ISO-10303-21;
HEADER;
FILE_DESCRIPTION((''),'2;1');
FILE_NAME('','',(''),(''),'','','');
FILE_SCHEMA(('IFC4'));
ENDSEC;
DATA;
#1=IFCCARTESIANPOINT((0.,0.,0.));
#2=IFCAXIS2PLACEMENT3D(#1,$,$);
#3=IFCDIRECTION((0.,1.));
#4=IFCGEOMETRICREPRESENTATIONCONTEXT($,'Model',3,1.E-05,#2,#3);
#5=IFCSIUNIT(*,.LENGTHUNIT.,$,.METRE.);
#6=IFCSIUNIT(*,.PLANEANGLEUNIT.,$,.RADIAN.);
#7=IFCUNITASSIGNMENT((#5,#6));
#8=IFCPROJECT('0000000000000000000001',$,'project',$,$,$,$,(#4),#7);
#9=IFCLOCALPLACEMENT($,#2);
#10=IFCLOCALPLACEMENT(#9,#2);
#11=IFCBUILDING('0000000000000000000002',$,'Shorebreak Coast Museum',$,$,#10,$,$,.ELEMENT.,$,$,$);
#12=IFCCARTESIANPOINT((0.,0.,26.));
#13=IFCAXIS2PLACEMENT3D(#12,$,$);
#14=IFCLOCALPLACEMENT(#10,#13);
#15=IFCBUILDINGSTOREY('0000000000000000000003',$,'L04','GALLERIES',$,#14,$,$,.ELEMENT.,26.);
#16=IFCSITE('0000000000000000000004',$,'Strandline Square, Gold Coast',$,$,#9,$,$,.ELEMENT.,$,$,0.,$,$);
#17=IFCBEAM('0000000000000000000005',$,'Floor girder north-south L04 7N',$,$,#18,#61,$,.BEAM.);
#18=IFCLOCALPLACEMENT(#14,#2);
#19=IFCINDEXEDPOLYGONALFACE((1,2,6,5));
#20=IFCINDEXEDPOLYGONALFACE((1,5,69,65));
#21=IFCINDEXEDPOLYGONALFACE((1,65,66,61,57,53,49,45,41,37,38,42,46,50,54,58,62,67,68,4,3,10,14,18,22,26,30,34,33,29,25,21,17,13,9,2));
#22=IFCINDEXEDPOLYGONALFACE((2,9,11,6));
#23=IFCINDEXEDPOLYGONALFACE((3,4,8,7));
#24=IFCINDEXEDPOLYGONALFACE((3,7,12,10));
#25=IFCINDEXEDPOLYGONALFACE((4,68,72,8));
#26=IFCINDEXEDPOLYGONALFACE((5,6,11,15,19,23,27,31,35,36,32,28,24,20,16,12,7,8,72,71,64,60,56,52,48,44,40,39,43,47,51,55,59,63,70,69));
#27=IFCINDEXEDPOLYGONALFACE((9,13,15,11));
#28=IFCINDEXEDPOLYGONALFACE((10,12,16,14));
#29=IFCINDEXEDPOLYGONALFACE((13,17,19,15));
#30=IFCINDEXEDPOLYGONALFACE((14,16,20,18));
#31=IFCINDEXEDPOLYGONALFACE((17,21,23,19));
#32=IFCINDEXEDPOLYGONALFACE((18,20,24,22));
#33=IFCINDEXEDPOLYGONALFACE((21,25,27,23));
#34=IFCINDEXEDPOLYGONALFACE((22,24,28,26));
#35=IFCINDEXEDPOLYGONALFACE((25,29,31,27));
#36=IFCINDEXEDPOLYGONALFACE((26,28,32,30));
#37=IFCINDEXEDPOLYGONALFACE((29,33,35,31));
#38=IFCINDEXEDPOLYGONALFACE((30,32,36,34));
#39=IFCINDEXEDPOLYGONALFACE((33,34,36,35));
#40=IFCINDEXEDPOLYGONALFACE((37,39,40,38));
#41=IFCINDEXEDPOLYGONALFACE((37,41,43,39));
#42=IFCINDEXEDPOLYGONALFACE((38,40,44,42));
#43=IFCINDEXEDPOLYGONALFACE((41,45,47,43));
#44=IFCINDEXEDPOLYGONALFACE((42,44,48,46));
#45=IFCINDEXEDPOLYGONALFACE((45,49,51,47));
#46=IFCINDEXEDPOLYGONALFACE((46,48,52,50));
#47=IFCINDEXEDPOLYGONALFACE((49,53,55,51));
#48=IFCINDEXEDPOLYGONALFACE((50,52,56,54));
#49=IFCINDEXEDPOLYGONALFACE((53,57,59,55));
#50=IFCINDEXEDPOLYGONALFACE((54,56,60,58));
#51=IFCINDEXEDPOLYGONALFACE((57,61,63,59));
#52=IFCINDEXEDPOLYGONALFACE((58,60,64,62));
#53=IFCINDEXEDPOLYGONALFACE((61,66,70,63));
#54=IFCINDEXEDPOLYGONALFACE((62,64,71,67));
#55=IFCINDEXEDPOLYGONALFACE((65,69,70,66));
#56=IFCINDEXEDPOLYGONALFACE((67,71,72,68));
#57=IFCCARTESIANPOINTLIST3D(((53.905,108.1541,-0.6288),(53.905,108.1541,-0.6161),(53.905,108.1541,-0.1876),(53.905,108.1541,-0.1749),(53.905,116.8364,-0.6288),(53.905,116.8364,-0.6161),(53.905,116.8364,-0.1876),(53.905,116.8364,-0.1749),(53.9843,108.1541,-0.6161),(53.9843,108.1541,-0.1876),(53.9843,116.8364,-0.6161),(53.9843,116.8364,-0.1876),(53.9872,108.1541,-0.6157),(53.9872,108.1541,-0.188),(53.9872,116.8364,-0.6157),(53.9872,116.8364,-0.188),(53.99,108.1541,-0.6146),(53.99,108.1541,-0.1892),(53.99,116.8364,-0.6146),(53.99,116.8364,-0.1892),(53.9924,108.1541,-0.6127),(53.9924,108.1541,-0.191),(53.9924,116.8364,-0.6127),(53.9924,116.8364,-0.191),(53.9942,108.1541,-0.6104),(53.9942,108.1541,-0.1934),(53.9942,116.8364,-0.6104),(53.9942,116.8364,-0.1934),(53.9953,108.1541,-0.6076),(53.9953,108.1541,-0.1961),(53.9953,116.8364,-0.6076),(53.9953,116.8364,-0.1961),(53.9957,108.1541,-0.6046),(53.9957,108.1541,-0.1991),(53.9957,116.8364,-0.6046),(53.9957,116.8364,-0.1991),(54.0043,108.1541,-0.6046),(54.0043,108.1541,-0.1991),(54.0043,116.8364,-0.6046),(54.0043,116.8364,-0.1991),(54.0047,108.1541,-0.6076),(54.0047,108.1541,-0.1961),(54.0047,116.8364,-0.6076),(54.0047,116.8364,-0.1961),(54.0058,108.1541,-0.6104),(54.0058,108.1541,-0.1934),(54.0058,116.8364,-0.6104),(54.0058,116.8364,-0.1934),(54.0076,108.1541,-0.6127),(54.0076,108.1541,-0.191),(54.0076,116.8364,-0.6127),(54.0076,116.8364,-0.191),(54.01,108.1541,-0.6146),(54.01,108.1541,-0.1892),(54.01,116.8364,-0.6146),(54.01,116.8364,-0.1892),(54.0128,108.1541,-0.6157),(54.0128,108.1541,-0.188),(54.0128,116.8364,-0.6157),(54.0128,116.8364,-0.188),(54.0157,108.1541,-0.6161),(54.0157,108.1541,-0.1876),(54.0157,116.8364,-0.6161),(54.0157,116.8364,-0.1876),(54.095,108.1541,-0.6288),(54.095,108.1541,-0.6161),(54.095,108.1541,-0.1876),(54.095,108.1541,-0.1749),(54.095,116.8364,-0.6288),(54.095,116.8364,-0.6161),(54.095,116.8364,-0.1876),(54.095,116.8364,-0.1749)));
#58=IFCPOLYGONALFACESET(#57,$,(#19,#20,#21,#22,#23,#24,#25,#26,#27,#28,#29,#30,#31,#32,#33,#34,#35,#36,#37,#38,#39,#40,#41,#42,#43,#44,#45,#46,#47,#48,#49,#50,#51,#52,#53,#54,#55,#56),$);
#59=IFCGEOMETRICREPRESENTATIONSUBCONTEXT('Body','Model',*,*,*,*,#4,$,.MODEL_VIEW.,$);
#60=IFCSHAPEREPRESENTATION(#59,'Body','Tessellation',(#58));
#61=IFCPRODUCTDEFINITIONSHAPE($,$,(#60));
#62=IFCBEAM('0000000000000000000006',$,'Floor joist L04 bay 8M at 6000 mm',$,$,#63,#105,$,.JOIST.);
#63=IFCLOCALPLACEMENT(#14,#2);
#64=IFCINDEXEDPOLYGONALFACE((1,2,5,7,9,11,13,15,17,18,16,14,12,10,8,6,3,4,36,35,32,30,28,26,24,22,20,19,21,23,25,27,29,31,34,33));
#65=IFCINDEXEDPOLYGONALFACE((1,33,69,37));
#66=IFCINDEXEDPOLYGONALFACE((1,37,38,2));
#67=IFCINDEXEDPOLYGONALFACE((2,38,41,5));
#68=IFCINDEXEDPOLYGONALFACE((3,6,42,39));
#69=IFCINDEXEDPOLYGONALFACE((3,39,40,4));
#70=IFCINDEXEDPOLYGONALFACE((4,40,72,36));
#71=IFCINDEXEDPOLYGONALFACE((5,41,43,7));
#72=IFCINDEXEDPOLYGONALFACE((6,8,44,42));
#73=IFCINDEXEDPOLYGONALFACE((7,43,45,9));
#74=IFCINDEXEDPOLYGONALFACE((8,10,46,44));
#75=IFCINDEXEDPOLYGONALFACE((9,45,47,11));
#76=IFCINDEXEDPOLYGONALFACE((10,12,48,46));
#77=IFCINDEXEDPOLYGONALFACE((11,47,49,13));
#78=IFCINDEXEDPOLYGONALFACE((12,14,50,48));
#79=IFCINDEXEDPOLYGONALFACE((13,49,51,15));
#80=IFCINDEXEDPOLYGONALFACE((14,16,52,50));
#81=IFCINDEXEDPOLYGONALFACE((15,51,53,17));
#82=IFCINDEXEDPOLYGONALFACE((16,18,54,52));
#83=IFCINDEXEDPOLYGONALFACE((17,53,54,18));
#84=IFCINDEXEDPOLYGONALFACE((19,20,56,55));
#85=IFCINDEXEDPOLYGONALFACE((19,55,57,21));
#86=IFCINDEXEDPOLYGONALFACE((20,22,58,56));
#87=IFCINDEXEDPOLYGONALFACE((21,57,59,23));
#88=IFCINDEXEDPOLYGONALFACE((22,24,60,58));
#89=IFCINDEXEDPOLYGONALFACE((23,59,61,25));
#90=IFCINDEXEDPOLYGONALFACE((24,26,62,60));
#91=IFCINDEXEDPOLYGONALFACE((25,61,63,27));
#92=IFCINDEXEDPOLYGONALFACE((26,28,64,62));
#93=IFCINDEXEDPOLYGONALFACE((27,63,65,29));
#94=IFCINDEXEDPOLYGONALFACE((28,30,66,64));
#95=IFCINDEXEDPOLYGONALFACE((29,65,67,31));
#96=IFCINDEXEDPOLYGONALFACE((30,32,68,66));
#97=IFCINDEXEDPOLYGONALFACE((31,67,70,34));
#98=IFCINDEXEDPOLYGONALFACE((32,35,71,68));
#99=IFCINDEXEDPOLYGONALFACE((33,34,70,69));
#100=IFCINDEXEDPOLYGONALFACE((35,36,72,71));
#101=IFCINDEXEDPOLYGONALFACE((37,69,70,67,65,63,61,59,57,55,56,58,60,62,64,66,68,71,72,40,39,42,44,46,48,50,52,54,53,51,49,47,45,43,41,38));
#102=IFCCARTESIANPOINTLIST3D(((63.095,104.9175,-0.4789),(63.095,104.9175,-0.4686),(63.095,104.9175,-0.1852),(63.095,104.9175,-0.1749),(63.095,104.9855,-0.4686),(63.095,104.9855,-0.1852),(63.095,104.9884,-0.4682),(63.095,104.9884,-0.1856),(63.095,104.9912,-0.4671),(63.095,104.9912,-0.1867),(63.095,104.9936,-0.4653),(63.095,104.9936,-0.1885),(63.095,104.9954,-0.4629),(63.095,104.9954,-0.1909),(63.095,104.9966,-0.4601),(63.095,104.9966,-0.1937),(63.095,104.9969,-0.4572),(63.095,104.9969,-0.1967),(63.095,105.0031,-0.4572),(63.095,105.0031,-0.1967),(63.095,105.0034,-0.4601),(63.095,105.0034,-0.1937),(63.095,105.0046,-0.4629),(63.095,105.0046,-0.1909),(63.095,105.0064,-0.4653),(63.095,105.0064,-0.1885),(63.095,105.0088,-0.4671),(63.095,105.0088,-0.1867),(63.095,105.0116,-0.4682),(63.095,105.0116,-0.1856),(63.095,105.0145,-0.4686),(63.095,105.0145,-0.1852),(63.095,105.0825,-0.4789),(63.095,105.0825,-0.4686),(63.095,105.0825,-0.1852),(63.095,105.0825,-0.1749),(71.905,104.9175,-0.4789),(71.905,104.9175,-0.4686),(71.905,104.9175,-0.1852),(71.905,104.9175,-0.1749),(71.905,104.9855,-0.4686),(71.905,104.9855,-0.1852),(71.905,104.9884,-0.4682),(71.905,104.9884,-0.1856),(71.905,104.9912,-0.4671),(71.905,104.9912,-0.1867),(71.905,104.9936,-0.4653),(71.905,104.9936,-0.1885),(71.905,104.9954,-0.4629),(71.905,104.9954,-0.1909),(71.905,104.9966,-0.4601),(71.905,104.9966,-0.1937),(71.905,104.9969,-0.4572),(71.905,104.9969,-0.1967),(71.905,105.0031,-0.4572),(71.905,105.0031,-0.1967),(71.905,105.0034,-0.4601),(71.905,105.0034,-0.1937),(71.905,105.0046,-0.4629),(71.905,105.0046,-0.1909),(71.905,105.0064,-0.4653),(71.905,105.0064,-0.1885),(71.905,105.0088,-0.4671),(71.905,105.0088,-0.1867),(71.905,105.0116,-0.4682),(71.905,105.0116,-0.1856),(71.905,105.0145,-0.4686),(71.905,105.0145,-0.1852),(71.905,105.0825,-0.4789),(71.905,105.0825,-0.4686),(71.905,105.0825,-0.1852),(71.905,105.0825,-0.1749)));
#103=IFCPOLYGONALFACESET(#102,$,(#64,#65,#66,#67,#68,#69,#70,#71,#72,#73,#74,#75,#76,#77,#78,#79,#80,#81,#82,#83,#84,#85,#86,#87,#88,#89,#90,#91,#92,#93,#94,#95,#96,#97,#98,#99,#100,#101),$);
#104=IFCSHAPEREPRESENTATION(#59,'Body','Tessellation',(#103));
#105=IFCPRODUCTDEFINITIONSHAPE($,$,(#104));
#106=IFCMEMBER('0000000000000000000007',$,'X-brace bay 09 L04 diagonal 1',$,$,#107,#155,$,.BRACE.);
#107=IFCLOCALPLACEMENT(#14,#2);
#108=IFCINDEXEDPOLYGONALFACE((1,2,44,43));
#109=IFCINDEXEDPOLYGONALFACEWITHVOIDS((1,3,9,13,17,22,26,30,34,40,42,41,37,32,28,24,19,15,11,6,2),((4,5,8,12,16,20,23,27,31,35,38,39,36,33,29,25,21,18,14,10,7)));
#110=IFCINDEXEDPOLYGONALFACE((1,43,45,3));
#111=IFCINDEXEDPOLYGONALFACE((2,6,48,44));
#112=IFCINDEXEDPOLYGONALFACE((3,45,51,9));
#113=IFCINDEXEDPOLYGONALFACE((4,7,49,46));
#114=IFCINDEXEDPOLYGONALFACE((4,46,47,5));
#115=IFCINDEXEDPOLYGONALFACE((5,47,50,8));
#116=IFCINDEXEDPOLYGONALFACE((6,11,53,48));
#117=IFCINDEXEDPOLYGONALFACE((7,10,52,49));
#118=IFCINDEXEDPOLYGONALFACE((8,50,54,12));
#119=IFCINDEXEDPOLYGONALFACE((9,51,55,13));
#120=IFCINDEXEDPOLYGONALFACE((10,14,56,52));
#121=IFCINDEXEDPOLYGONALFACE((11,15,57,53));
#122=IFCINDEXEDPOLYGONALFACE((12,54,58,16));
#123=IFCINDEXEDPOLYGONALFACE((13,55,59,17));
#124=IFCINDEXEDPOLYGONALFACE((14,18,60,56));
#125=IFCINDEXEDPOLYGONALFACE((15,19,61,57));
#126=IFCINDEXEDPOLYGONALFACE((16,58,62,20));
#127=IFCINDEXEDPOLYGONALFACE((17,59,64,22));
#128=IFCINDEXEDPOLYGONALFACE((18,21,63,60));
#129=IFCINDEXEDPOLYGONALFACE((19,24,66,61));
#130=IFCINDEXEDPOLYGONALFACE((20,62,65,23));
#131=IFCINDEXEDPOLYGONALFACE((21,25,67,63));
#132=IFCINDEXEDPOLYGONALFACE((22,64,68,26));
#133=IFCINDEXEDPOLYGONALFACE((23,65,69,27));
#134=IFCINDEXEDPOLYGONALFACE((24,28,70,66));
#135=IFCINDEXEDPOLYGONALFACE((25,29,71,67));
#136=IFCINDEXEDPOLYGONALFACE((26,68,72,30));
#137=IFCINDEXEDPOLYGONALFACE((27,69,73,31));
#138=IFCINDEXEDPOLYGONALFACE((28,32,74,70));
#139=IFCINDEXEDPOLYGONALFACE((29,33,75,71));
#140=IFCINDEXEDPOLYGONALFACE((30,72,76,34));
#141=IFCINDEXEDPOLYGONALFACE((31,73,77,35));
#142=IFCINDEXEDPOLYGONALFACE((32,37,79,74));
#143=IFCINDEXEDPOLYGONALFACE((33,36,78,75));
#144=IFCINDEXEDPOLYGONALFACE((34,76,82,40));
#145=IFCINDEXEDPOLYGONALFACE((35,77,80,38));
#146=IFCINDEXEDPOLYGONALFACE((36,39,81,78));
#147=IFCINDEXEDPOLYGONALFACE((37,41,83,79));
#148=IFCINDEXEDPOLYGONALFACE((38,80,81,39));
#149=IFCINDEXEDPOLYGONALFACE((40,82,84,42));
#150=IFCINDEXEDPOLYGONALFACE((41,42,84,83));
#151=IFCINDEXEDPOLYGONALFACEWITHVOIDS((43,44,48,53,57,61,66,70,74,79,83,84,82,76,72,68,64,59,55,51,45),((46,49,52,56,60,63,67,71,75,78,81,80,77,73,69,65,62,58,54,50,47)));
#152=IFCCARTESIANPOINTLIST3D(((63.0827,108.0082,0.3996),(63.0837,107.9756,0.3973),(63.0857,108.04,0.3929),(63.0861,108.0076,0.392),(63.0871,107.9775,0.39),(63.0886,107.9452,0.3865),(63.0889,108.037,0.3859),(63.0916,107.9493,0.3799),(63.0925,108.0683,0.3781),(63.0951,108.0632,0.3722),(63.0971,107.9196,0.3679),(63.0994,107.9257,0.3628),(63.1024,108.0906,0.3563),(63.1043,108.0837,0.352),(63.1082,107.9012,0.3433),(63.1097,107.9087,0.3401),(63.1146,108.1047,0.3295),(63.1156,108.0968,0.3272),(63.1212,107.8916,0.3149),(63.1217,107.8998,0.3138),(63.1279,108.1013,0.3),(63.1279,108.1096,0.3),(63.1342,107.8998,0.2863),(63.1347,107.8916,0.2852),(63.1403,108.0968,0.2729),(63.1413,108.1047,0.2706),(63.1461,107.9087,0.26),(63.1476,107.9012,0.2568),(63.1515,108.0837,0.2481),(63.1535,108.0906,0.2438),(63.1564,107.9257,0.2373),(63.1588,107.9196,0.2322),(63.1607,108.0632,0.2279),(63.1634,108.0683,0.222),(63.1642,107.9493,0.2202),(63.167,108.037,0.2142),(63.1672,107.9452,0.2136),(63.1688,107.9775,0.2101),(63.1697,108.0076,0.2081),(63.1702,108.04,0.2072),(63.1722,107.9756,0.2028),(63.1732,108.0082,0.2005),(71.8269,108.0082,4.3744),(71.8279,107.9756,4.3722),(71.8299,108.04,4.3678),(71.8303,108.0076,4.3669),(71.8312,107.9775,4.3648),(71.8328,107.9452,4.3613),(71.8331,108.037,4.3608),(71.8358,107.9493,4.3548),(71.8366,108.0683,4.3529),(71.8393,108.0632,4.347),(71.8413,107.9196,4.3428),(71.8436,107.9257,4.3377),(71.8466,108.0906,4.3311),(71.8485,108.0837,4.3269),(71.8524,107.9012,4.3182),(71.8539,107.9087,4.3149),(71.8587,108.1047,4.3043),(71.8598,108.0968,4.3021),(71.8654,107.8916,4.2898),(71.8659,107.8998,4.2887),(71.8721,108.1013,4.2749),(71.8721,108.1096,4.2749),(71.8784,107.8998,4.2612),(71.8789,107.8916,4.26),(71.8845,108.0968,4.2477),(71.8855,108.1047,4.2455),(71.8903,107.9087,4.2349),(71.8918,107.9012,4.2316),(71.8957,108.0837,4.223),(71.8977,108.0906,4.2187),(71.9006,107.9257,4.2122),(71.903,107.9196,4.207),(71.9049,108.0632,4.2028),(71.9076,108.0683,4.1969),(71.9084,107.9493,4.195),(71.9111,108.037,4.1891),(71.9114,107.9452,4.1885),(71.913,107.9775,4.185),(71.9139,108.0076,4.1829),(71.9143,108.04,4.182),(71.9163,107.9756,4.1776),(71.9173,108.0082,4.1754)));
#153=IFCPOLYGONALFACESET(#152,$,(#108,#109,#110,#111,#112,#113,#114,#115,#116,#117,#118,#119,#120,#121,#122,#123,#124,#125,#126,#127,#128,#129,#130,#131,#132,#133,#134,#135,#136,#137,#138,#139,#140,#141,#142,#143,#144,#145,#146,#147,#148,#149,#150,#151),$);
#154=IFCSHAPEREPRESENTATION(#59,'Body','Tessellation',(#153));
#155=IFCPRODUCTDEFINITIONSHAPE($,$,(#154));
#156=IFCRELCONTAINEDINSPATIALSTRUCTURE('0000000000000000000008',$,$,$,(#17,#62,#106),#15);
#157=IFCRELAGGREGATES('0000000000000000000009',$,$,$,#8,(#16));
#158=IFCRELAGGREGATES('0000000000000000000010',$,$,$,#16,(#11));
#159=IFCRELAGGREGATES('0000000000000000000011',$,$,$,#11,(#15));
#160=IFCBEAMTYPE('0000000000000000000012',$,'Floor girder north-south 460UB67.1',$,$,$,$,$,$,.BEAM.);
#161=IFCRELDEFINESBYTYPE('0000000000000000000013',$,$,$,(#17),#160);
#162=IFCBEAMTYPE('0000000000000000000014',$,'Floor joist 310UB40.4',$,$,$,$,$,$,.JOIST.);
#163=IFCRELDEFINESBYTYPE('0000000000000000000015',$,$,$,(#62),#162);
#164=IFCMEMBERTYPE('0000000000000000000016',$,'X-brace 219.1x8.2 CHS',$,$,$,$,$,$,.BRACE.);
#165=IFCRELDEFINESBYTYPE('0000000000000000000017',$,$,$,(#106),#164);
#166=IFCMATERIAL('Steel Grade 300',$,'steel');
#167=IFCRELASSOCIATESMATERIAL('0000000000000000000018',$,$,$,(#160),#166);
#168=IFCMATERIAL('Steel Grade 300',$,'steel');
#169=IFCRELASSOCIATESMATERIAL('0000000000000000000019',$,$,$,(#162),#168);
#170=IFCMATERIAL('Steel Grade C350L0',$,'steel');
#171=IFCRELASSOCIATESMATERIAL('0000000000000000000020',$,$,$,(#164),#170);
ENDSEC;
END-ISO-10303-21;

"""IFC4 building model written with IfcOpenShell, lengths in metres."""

from ifc_helpers import new_model, si_unit, direction, frame, origin, origin_2d, place, context, subcontext, project, spatial, hollow_circle, i_section, extrude, material, material_profile, profile_set, type_object, element, save


model = new_model("IFC4")

# Units and contexts
model_context = context("Model", 3, precision=1e-05, world=origin(), true_north=direction((0.0, 1.0)))
body_context = subcontext(model_context, "Body", "Model", "MODEL_VIEW")
ifc_project = project(units=[si_unit("LENGTHUNIT", "METRE"), si_unit("PLANEANGLEUNIT", "RADIAN")], contexts=[model_context])

# Site, building, storey
site_placement = place(None, origin())
site = spatial("IfcSite", under=ifc_project, at=site_placement, Name="Strandline Square, Gold Coast", CompositionType="ELEMENT", RefElevation=0.0)
building_placement = place(site_placement, origin())
building = spatial("IfcBuilding", under=site, at=building_placement, Name="Shorebreak Coast Museum", CompositionType="ELEMENT")
storey_placement = place(building_placement, frame((0.0, 0.0, 26.0)))
storey = spatial("IfcBuildingStorey", under=building, at=storey_placement, Name="L04", Description="GALLERIES", CompositionType="ELEMENT", Elevation=26.0)

# Beams
ifc_material_1 = material(Name="Steel Grade 300", Category="steel")
ifc_material_profile_1 = material_profile(ifc_material_1, i_section(OverallWidth=0.1899, OverallDepth=0.4539, WebThickness=0.0085, FlangeThickness=0.0127, FilletRadius=0.0115, at=origin_2d()), Name="460UB67.1")
ifc_profile_set_1 = profile_set([ifc_material_profile_1], Name="Steel Grade 300")
beam_type_1 = type_object("IfcBeamType", Name="Floor girder north-south 460UB67.1", PredefinedType="BEAM", material=ifc_profile_set_1)
beam_1_placement = place(storey_placement, frame((54.0, 108.1541, -0.4019), z_axis=(0.0, 1.0, 0.0), x_axis=(-1.0, 0.0, 0.0)))
element("IfcBeam", 1, at=beam_1_placement, inside=storey, type_object=beam_type_1, Name="Floor girder north-south L04 7N", PredefinedType="BEAM", context=body_context, shape_type="SweptSolid", body=[
    extrude(i_section(OverallWidth=0.1899, OverallDepth=0.4539, WebThickness=0.0085, FlangeThickness=0.0127, FilletRadius=0.0115, at=origin_2d()), origin(), (0.0, 0.0, 1.0), 8.6824),
])
ifc_material_2 = material(Name="Steel Grade 300", Category="steel")
ifc_material_profile_2 = material_profile(ifc_material_2, i_section(OverallWidth=0.165, OverallDepth=0.304, WebThickness=0.0061, FlangeThickness=0.0103, FilletRadius=0.0115, at=origin_2d()), Name="310UB40.4")
ifc_profile_set_2 = profile_set([ifc_material_profile_2], Name="Steel Grade 300")
beam_type_2 = type_object("IfcBeamType", Name="Floor joist 310UB40.4", PredefinedType="JOIST", material=ifc_profile_set_2)
beam_2_placement = place(storey_placement, frame((63.095, 105.0, -0.3269), z_axis=(1.0, 0.0, 0.0), x_axis=(0.0, 1.0, 0.0)))
element("IfcBeam", 2, at=beam_2_placement, inside=storey, type_object=beam_type_2, Name="Floor joist L04 bay 8M at 6000 mm", PredefinedType="JOIST", context=body_context, shape_type="SweptSolid", body=[
    extrude(i_section(OverallWidth=0.165, OverallDepth=0.304, WebThickness=0.0061, FlangeThickness=0.0103, FilletRadius=0.0115, at=origin_2d()), origin(), (0.0, 0.0, 1.0), 8.8101),
])

# Member
ifc_material_3 = material(Name="Steel Grade C350L0", Category="steel")
ifc_material_profile_3 = material_profile(ifc_material_3, hollow_circle(Radius=0.1096, WallThickness=0.0083, at=origin_2d()), Name="219.1x8.2 CHS")
ifc_profile_set_3 = profile_set([ifc_material_profile_3], Name="Steel Grade C350L0")
member_type = type_object("IfcMemberType", Name="X-brace 219.1x8.2 CHS", PredefinedType="BRACE", material=ifc_profile_set_3)
member_1_placement = place(storey_placement, frame((63.1279, 108.0, 0.3), z_axis=(0.910357, 0.0, 0.413824), x_axis=(0.0, 1.0, 0.0)))
element("IfcMember", 3, at=member_1_placement, inside=storey, type_object=member_type, Name="X-brace bay 09 L04 diagonal 1", PredefinedType="BRACE", context=body_context, shape_type="SweptSolid", body=[
    extrude(hollow_circle(Radius=0.1096, WallThickness=0.0083, at=origin_2d()), origin(), (0.0, 0.0, 1.0), 9.6052),
])

save(model, "model.ifc")
